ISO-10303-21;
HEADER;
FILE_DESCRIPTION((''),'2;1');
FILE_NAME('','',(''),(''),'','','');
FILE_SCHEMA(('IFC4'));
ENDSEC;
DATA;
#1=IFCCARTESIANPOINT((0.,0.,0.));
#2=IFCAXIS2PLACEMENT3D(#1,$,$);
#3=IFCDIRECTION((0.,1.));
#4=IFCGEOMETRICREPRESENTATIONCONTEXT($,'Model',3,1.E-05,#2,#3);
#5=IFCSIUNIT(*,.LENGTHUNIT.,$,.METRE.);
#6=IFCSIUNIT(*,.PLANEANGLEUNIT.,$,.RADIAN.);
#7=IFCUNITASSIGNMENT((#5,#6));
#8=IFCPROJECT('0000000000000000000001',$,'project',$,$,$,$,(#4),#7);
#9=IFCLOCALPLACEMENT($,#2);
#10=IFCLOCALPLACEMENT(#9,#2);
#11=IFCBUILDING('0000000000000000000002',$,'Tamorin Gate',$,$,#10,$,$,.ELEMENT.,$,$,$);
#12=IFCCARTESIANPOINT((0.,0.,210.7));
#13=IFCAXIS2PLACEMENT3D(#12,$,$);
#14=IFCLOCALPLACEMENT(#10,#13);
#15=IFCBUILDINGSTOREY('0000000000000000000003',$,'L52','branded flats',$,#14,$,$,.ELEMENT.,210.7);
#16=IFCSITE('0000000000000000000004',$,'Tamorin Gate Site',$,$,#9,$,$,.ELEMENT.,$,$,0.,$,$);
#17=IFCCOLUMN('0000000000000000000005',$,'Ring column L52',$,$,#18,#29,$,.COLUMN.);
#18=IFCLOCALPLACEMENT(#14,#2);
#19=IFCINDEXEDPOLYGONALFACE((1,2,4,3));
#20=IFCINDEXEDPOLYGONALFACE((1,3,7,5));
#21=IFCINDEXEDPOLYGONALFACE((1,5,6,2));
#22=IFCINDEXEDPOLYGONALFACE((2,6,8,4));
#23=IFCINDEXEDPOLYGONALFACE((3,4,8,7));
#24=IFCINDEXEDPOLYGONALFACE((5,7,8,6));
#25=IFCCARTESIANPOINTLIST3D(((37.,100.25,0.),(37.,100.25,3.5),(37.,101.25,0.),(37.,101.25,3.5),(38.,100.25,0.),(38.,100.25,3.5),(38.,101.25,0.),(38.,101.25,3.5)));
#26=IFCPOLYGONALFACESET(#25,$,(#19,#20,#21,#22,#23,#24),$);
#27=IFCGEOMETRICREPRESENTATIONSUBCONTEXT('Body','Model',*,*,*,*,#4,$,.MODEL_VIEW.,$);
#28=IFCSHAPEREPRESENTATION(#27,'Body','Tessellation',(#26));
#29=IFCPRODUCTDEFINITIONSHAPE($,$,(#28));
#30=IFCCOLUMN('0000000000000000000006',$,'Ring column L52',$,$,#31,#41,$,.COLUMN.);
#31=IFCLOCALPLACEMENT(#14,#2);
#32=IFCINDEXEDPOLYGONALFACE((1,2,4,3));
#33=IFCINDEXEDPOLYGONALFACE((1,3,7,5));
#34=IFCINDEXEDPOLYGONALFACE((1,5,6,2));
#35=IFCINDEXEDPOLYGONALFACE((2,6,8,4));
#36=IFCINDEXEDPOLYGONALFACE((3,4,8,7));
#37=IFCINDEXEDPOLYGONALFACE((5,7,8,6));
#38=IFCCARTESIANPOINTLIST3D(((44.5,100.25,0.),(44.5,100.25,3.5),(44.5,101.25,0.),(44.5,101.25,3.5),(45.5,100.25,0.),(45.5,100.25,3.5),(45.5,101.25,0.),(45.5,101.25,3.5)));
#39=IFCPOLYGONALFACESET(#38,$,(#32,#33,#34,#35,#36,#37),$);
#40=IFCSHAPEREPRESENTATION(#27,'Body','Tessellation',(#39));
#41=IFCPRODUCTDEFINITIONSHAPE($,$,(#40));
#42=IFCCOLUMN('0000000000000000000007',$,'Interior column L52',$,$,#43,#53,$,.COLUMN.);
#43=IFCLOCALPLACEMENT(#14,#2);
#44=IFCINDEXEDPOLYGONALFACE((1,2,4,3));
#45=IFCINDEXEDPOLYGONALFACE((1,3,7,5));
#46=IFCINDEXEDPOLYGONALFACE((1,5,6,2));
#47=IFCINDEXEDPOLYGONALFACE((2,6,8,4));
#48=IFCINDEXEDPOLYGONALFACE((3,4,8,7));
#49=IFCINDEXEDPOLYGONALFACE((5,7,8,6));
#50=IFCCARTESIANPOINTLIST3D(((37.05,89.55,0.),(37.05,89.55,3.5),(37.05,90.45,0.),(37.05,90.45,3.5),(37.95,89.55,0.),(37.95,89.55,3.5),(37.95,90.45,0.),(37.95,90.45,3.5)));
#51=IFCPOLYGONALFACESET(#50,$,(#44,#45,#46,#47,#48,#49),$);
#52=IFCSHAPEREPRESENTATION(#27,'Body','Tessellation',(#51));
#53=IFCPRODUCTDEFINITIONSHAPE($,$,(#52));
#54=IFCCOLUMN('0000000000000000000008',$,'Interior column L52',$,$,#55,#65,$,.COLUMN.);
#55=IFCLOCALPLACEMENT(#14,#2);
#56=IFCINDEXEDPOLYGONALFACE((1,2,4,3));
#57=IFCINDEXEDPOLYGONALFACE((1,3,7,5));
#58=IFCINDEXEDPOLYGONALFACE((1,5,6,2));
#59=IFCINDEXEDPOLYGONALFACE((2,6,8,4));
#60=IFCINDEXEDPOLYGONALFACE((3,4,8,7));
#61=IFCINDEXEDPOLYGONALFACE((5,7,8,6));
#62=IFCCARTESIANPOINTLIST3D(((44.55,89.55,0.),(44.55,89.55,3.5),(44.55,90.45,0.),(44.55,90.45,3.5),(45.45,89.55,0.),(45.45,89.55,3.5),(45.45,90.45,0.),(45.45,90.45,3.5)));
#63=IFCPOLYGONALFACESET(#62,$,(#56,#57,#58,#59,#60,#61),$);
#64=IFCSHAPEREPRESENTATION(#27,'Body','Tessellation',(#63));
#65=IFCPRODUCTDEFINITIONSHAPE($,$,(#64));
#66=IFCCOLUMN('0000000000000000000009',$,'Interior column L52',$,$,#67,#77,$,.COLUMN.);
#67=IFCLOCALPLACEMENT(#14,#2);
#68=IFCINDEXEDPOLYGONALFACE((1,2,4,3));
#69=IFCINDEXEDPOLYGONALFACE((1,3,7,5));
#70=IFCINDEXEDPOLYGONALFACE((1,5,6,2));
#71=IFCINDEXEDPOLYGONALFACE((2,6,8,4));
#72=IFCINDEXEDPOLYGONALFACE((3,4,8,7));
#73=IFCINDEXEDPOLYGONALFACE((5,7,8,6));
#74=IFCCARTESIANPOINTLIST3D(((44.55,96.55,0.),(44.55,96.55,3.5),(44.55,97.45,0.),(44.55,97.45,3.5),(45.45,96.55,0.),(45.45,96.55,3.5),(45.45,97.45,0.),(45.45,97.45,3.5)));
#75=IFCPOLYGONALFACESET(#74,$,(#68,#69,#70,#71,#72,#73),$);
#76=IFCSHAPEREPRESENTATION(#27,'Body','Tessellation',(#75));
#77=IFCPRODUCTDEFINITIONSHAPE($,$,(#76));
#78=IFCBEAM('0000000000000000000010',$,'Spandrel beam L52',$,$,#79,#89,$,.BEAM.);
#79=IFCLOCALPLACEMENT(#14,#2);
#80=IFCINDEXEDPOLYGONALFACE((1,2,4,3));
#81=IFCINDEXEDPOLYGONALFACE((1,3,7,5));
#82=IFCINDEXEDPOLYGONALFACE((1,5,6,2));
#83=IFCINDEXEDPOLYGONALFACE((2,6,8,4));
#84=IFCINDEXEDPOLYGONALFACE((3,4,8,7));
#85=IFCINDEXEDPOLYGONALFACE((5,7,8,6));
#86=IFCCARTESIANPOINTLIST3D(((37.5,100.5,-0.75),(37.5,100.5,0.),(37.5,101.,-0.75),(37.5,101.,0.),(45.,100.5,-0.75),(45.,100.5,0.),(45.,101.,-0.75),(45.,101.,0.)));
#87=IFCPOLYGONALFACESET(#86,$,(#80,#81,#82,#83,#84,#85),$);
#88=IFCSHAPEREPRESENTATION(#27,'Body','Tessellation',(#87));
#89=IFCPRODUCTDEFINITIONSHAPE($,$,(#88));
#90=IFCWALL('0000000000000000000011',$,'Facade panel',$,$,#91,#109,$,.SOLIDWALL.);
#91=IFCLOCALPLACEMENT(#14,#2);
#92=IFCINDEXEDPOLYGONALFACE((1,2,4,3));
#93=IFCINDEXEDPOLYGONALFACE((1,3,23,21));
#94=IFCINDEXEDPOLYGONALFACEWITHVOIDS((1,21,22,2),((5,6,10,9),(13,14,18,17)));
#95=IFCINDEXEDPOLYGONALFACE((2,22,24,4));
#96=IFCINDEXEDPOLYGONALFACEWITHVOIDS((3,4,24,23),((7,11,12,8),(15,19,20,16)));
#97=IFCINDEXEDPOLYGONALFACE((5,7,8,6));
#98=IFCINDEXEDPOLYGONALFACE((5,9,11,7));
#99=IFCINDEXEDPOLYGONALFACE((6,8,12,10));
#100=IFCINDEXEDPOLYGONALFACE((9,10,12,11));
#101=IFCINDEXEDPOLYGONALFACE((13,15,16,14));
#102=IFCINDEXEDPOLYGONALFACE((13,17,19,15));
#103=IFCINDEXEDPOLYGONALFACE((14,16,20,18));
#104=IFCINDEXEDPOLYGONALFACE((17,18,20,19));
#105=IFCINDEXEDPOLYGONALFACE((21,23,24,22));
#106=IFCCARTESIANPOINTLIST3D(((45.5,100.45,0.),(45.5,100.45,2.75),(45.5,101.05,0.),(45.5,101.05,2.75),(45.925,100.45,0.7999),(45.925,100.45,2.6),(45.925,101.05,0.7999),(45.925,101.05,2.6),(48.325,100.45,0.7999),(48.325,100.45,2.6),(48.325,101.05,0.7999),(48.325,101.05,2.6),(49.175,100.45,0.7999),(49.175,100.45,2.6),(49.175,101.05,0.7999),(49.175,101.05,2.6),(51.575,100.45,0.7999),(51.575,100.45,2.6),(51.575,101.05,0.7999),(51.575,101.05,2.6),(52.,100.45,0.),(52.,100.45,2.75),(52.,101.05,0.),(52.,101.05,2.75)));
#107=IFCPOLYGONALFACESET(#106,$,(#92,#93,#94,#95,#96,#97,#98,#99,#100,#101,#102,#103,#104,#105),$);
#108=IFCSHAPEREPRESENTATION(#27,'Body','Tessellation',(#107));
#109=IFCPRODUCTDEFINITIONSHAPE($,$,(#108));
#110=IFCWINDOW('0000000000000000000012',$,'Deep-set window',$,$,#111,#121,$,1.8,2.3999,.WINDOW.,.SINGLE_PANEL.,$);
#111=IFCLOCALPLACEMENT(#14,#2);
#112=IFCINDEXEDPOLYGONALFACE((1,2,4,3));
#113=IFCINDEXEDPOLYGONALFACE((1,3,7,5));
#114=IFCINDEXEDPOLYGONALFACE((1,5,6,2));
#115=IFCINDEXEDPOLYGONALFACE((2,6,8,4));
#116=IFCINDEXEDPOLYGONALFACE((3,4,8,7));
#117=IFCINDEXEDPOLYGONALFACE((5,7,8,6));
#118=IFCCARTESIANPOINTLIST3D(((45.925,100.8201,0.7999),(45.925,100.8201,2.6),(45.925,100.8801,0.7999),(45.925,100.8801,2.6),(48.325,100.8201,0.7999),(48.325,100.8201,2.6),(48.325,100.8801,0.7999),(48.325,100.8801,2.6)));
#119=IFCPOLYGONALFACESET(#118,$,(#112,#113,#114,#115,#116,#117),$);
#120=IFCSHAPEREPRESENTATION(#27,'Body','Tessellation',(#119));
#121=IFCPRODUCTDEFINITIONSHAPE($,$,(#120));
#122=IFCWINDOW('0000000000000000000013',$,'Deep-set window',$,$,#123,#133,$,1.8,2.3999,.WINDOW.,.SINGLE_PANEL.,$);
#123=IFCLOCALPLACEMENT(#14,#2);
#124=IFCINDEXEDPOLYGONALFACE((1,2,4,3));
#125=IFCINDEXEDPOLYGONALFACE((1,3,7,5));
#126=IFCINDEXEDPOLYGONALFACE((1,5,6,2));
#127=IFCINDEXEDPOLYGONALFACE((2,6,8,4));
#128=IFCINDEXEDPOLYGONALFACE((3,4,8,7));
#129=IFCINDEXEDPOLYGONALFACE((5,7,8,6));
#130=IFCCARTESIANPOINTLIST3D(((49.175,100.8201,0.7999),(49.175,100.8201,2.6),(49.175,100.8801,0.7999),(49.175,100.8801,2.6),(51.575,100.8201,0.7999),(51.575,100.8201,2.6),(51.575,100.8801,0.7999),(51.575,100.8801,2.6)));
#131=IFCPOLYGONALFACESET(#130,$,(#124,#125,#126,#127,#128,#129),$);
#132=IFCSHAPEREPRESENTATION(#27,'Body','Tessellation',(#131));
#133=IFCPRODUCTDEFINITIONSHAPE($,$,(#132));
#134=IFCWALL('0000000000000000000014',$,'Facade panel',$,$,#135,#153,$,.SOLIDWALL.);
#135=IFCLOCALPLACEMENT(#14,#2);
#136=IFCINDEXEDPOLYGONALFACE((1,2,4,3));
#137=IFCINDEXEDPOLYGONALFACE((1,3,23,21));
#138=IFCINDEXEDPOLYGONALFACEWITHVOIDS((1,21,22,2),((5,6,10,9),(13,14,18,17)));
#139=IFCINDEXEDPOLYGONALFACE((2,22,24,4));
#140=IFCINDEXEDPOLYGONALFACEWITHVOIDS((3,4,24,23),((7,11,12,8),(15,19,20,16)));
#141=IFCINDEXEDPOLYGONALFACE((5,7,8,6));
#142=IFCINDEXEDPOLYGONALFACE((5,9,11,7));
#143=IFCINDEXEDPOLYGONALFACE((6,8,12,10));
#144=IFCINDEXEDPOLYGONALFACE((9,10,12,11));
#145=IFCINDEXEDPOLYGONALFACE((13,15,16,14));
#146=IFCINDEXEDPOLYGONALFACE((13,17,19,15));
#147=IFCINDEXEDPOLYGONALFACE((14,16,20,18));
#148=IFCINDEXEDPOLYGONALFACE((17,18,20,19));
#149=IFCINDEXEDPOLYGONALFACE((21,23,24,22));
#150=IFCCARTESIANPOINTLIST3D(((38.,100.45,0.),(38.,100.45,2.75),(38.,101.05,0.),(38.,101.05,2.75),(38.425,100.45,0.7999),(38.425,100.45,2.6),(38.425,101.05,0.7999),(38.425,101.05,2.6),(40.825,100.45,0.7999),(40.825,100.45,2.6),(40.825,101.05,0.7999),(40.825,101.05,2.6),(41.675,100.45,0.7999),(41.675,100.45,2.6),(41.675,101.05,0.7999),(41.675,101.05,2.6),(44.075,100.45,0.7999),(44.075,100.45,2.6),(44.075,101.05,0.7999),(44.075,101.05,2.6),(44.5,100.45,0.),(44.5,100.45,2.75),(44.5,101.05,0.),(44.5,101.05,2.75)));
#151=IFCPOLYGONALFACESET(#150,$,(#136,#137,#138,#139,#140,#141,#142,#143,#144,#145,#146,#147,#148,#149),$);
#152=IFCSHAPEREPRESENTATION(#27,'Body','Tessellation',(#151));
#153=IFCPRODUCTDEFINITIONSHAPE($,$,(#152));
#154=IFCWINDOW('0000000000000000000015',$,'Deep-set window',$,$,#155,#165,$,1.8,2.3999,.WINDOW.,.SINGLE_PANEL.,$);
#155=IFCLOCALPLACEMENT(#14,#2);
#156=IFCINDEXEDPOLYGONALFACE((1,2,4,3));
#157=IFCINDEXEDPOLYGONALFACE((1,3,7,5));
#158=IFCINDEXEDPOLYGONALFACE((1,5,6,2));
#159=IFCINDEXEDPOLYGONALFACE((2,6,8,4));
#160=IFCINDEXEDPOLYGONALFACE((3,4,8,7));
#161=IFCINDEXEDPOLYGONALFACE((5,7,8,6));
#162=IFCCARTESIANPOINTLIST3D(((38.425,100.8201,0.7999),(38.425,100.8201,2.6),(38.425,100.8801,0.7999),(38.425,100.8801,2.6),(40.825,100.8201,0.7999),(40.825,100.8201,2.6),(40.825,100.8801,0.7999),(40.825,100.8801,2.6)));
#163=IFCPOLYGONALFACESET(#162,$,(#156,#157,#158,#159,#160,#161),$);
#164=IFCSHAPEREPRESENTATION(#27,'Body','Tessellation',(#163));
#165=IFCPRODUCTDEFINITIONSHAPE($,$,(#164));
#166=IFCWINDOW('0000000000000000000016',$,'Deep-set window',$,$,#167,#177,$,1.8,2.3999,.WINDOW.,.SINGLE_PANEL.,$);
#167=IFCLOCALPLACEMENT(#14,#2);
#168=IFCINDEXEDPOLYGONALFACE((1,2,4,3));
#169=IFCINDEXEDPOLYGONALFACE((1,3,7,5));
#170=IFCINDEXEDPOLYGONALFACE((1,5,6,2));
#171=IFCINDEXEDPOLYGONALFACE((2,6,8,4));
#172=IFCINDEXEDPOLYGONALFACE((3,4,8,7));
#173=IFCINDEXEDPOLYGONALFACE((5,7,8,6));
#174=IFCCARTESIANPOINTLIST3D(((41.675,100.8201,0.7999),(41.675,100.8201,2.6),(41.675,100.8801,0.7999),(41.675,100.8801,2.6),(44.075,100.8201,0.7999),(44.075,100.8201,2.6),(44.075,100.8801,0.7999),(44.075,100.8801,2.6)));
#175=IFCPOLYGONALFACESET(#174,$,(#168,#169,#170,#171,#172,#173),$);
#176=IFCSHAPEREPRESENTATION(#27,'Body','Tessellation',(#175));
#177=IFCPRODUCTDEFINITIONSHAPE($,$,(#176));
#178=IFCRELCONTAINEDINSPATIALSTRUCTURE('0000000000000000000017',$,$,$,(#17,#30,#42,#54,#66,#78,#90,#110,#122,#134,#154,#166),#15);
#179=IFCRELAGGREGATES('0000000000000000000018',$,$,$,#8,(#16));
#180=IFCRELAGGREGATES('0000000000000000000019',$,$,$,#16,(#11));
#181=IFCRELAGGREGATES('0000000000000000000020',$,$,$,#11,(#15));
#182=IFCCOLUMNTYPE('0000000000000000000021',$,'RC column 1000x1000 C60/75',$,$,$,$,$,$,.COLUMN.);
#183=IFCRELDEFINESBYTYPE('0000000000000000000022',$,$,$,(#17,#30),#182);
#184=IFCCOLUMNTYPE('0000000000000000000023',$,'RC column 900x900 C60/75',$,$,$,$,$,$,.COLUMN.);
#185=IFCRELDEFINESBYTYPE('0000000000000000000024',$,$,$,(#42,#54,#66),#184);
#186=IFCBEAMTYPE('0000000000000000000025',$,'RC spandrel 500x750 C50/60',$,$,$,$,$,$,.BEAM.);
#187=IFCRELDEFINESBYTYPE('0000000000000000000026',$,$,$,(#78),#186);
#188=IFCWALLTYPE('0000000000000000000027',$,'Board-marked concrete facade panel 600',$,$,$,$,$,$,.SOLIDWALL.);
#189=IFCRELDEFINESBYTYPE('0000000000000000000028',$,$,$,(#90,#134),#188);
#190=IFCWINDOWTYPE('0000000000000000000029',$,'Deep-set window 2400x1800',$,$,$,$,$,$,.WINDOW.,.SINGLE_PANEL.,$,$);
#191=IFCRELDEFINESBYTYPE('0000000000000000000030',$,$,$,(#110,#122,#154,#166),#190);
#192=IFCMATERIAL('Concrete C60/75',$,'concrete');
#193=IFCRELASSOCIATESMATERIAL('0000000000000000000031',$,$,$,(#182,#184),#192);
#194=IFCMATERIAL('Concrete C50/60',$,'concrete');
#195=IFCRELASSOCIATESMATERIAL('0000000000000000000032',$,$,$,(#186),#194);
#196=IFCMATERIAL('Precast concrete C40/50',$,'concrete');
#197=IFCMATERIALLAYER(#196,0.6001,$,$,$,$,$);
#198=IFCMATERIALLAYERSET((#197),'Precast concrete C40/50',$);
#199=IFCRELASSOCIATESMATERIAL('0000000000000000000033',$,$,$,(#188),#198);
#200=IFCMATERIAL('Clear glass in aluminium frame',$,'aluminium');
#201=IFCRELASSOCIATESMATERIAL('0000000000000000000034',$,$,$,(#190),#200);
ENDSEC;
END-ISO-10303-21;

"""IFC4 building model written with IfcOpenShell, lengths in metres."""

from ifc_helpers import new_model, si_unit, direction, frame, frame_2d, origin, origin_2d, place, context, subcontext, project, spatial, rectangle, extrude, material, layer, layer_set, material_profile, profile_set, type_object, element, fill, save


model = new_model("IFC4")

# Units and contexts
model_context = context("Model", 3, precision=1e-05, world=origin(), true_north=direction((0.0, 1.0)))
body_context = subcontext(model_context, "Body", "Model", "MODEL_VIEW")
ifc_project = project(units=[si_unit("LENGTHUNIT", "METRE"), si_unit("PLANEANGLEUNIT", "RADIAN")], contexts=[model_context])

# Site, building, storey
site_placement = place(None, origin())
site = spatial("IfcSite", under=ifc_project, at=site_placement, Name="Tamorin Gate Site", CompositionType="ELEMENT", RefElevation=0.0)
building_placement = place(site_placement, origin())
building = spatial("IfcBuilding", under=site, at=building_placement, Name="Tamorin Gate", CompositionType="ELEMENT")
storey_placement = place(building_placement, frame((0.0, 0.0, 210.7)))
storey = spatial("IfcBuildingStorey", under=building, at=storey_placement, Name="L52", Description="branded flats", CompositionType="ELEMENT", Elevation=210.7)

# Columns
ifc_material_1 = material(Name="Concrete C60/75", Category="concrete")
ifc_material_profile_1 = material_profile(ifc_material_1, rectangle(XDim=1.0, YDim=1.0, at=origin_2d()), Name="RC 1000x1000")
ifc_profile_set_1 = profile_set([ifc_material_profile_1], Name="Concrete C60/75")
column_type_1 = type_object("IfcColumnType", Name="RC column 1000x1000 C60/75", PredefinedType="COLUMN", material=ifc_profile_set_1)
for number, where, z_axis, x_axis, name in (
    (1, (37.5, 100.75, 0.0), (0.0, 0.0, 1.0), (1.0, 0.0, 0.0), "Ring column L52"),
    (2, (45.0, 100.75, 0.0), (0.0, 0.0, 1.0), (1.0, 0.0, 0.0), "Ring column L52"),
):
    element("IfcColumn", number, at=place(storey_placement, frame(where, z_axis=z_axis, x_axis=x_axis)), inside=storey, type_object=column_type_1, Name=name, PredefinedType="COLUMN", context=body_context, shape_type="SweptSolid", body=[
        extrude(rectangle(XDim=1.0, YDim=1.0, at=origin_2d()), origin(), (0.0, 0.0, 1.0), 3.5),
    ])
ifc_material_profile_2 = material_profile(ifc_material_1, rectangle(XDim=0.8999, YDim=0.8999, at=origin_2d()), Name="RC 900x900")
ifc_profile_set_2 = profile_set([ifc_material_profile_2], Name="Concrete C60/75")
column_type_2 = type_object("IfcColumnType", Name="RC column 900x900 C60/75", PredefinedType="COLUMN", material=ifc_profile_set_2)
for number, where, z_axis, x_axis, name in (
    (3, (37.5, 90.0, 0.0), (0.0, 0.0, 1.0), (1.0, 0.0, 0.0), "Interior column L52"),
    (4, (45.0, 90.0, 0.0), (0.0, 0.0, 1.0), (1.0, 0.0, 0.0), "Interior column L52"),
    (5, (45.0, 97.0, 0.0), (0.0, 0.0, 1.0), (1.0, 0.0, 0.0), "Interior column L52"),
):
    element("IfcColumn", number, at=place(storey_placement, frame(where, z_axis=z_axis, x_axis=x_axis)), inside=storey, type_object=column_type_2, Name=name, PredefinedType="COLUMN", context=body_context, shape_type="SweptSolid", body=[
        extrude(rectangle(XDim=0.8999, YDim=0.8999, at=origin_2d()), origin(), (0.0, 0.0, 1.0), 3.5),
    ])

# Beam
ifc_material_2 = material(Name="Concrete C50/60", Category="concrete")
ifc_material_profile_3 = material_profile(ifc_material_2, rectangle(XDim=0.5, YDim=0.75, at=origin_2d()), Name="RC 500x750")
ifc_profile_set_3 = profile_set([ifc_material_profile_3], Name="Concrete C50/60")
beam_type = type_object("IfcBeamType", Name="RC spandrel 500x750 C50/60", PredefinedType="BEAM", material=ifc_profile_set_3)
beam_placement = place(storey_placement, frame((45.0, 100.75, -0.375), z_axis=(-1.0, 0.0, 0.0), x_axis=(0.0, -1.0, 0.0)))
element("IfcBeam", 6, at=beam_placement, inside=storey, type_object=beam_type, Name="Spandrel beam L52", PredefinedType="BEAM", context=body_context, shape_type="SweptSolid", body=[
    extrude(rectangle(XDim=0.5, YDim=0.75, at=origin_2d()), origin(), (0.0, 0.0, 1.0), 7.5),
])

# Walls, openings, windows
ifc_material_3 = material(Name="Precast concrete C40/50", Category="concrete")
ifc_layer_1 = layer(ifc_material_3, 0.6001)
ifc_layer_set_1 = layer_set([ifc_layer_1], Name="Precast concrete C40/50")
wall_type_1 = type_object("IfcWallType", Name="Board-marked concrete facade panel 600", PredefinedType="SOLIDWALL", material=ifc_layer_set_1)
wall_1_placement = place(storey_placement, frame((52.0, 100.75, 0.0), z_axis=(0.0, 0.0, 1.0), x_axis=(-1.0, 0.0, 0.0)))
wall_1 = element("IfcWall", 7, at=wall_1_placement, inside=storey, type_object=wall_type_1, Name="Facade panel", PredefinedType="SOLIDWALL", context=body_context, shape_type="SweptSolid", body=[
    extrude(rectangle(XDim=6.5, YDim=0.6001, at=frame_2d((3.25, 0.0))), origin(), (0.0, 0.0, 1.0), 2.75),
])
opening_1_placement = place(wall_1_placement, frame((3.675, 0.0, 0.8)))
opening_1 = element("IfcOpeningElement", 8, at=opening_1_placement, cuts=wall_1, PredefinedType="OPENING", context=body_context, shape_type="SweptSolid", body=[
    extrude(rectangle(XDim=2.3999, YDim=1.8, at=frame_2d((1.2, 0.8999))), frame((0.0, 0.3101, 0.0), z_axis=(0.0, -1.0, 0.0), x_axis=(1.0, 0.0, 0.0)), (0.0, 0.0, 1.0), 0.6201),
])
opening_2_placement = place(wall_1_placement, frame((0.425, 0.0, 0.8)))
opening_2 = element("IfcOpeningElement", 9, at=opening_2_placement, cuts=wall_1, PredefinedType="OPENING", context=body_context, shape_type="SweptSolid", body=[
    extrude(rectangle(XDim=2.3999, YDim=1.8, at=frame_2d((1.2, 0.8999))), frame((0.0, 0.3101, 0.0), z_axis=(0.0, -1.0, 0.0), x_axis=(1.0, 0.0, 0.0)), (0.0, 0.0, 1.0), 0.6201),
])
ifc_material_4 = material(Name="Clear glass in aluminium frame", Category="aluminium")
window_type = type_object("IfcWindowType", Name="Deep-set window 2400x1800", PartitioningType="SINGLE_PANEL", PredefinedType="WINDOW", material=ifc_material_4)
window_1_placement = place(opening_1_placement, origin())
window_1 = element("IfcWindow", 10, at=window_1_placement, inside=storey, type_object=window_type, Name="Deep-set window", OverallHeight=1.8, OverallWidth=2.3999, PartitioningType="SINGLE_PANEL", PredefinedType="WINDOW", context=body_context, shape_type="SweptSolid", body=[
    extrude(rectangle(XDim=2.3999, YDim=1.8, at=frame_2d((1.2, 0.8999))), frame((0.0, -0.0701, 0.0), z_axis=(0.0, -1.0, 0.0), x_axis=(1.0, 0.0, 0.0)), (0.0, 0.0, 1.0), 0.0601),
])
fill(opening_1, window_1)
window_2_placement = place(opening_2_placement, origin())
window_2 = element("IfcWindow", 11, at=window_2_placement, inside=storey, type_object=window_type, Name="Deep-set window", OverallHeight=1.8, OverallWidth=2.3999, PartitioningType="SINGLE_PANEL", PredefinedType="WINDOW", context=body_context, shape_type="SweptSolid", body=[
    extrude(rectangle(XDim=2.3999, YDim=1.8, at=frame_2d((1.2, 0.8999))), frame((0.0, -0.0701, 0.0), z_axis=(0.0, -1.0, 0.0), x_axis=(1.0, 0.0, 0.0)), (0.0, 0.0, 1.0), 0.0601),
])
fill(opening_2, window_2)
wall_2_placement = place(storey_placement, frame((44.5, 100.75, 0.0), z_axis=(0.0, 0.0, 1.0), x_axis=(-1.0, 0.0, 0.0)))
wall_2 = element("IfcWall", 12, at=wall_2_placement, inside=storey, type_object=wall_type_1, Name="Facade panel", PredefinedType="SOLIDWALL", context=body_context, shape_type="SweptSolid", body=[
    extrude(rectangle(XDim=6.5, YDim=0.6001, at=frame_2d((3.25, 0.0))), origin(), (0.0, 0.0, 1.0), 2.75),
])
opening_3_placement = place(wall_2_placement, frame((3.675, 0.0, 0.8)))
opening_3 = element("IfcOpeningElement", 13, at=opening_3_placement, cuts=wall_2, PredefinedType="OPENING", context=body_context, shape_type="SweptSolid", body=[
    extrude(rectangle(XDim=2.3999, YDim=1.8, at=frame_2d((1.2, 0.8999))), frame((0.0, 0.3101, 0.0), z_axis=(0.0, -1.0, 0.0), x_axis=(1.0, 0.0, 0.0)), (0.0, 0.0, 1.0), 0.6201),
])
opening_4_placement = place(wall_2_placement, frame((0.425, 0.0, 0.8)))
opening_4 = element("IfcOpeningElement", 14, at=opening_4_placement, cuts=wall_2, PredefinedType="OPENING", context=body_context, shape_type="SweptSolid", body=[
    extrude(rectangle(XDim=2.3999, YDim=1.8, at=frame_2d((1.2, 0.8999))), frame((0.0, 0.3101, 0.0), z_axis=(0.0, -1.0, 0.0), x_axis=(1.0, 0.0, 0.0)), (0.0, 0.0, 1.0), 0.6201),
])
window_3_placement = place(opening_3_placement, origin())
window_3 = element("IfcWindow", 15, at=window_3_placement, inside=storey, type_object=window_type, Name="Deep-set window", OverallHeight=1.8, OverallWidth=2.3999, PartitioningType="SINGLE_PANEL", PredefinedType="WINDOW", context=body_context, shape_type="SweptSolid", body=[
    extrude(rectangle(XDim=2.3999, YDim=1.8, at=frame_2d((1.2, 0.8999))), frame((0.0, -0.0701, 0.0), z_axis=(0.0, -1.0, 0.0), x_axis=(1.0, 0.0, 0.0)), (0.0, 0.0, 1.0), 0.0601),
])
fill(opening_3, window_3)
window_4_placement = place(opening_4_placement, origin())
window_4 = element("IfcWindow", 16, at=window_4_placement, inside=storey, type_object=window_type, Name="Deep-set window", OverallHeight=1.8, OverallWidth=2.3999, PartitioningType="SINGLE_PANEL", PredefinedType="WINDOW", context=body_context, shape_type="SweptSolid", body=[
    extrude(rectangle(XDim=2.3999, YDim=1.8, at=frame_2d((1.2, 0.8999))), frame((0.0, -0.0701, 0.0), z_axis=(0.0, -1.0, 0.0), x_axis=(1.0, 0.0, 0.0)), (0.0, 0.0, 1.0), 0.0601),
])
fill(opening_4, window_4)

save(model, "model.ifc")
